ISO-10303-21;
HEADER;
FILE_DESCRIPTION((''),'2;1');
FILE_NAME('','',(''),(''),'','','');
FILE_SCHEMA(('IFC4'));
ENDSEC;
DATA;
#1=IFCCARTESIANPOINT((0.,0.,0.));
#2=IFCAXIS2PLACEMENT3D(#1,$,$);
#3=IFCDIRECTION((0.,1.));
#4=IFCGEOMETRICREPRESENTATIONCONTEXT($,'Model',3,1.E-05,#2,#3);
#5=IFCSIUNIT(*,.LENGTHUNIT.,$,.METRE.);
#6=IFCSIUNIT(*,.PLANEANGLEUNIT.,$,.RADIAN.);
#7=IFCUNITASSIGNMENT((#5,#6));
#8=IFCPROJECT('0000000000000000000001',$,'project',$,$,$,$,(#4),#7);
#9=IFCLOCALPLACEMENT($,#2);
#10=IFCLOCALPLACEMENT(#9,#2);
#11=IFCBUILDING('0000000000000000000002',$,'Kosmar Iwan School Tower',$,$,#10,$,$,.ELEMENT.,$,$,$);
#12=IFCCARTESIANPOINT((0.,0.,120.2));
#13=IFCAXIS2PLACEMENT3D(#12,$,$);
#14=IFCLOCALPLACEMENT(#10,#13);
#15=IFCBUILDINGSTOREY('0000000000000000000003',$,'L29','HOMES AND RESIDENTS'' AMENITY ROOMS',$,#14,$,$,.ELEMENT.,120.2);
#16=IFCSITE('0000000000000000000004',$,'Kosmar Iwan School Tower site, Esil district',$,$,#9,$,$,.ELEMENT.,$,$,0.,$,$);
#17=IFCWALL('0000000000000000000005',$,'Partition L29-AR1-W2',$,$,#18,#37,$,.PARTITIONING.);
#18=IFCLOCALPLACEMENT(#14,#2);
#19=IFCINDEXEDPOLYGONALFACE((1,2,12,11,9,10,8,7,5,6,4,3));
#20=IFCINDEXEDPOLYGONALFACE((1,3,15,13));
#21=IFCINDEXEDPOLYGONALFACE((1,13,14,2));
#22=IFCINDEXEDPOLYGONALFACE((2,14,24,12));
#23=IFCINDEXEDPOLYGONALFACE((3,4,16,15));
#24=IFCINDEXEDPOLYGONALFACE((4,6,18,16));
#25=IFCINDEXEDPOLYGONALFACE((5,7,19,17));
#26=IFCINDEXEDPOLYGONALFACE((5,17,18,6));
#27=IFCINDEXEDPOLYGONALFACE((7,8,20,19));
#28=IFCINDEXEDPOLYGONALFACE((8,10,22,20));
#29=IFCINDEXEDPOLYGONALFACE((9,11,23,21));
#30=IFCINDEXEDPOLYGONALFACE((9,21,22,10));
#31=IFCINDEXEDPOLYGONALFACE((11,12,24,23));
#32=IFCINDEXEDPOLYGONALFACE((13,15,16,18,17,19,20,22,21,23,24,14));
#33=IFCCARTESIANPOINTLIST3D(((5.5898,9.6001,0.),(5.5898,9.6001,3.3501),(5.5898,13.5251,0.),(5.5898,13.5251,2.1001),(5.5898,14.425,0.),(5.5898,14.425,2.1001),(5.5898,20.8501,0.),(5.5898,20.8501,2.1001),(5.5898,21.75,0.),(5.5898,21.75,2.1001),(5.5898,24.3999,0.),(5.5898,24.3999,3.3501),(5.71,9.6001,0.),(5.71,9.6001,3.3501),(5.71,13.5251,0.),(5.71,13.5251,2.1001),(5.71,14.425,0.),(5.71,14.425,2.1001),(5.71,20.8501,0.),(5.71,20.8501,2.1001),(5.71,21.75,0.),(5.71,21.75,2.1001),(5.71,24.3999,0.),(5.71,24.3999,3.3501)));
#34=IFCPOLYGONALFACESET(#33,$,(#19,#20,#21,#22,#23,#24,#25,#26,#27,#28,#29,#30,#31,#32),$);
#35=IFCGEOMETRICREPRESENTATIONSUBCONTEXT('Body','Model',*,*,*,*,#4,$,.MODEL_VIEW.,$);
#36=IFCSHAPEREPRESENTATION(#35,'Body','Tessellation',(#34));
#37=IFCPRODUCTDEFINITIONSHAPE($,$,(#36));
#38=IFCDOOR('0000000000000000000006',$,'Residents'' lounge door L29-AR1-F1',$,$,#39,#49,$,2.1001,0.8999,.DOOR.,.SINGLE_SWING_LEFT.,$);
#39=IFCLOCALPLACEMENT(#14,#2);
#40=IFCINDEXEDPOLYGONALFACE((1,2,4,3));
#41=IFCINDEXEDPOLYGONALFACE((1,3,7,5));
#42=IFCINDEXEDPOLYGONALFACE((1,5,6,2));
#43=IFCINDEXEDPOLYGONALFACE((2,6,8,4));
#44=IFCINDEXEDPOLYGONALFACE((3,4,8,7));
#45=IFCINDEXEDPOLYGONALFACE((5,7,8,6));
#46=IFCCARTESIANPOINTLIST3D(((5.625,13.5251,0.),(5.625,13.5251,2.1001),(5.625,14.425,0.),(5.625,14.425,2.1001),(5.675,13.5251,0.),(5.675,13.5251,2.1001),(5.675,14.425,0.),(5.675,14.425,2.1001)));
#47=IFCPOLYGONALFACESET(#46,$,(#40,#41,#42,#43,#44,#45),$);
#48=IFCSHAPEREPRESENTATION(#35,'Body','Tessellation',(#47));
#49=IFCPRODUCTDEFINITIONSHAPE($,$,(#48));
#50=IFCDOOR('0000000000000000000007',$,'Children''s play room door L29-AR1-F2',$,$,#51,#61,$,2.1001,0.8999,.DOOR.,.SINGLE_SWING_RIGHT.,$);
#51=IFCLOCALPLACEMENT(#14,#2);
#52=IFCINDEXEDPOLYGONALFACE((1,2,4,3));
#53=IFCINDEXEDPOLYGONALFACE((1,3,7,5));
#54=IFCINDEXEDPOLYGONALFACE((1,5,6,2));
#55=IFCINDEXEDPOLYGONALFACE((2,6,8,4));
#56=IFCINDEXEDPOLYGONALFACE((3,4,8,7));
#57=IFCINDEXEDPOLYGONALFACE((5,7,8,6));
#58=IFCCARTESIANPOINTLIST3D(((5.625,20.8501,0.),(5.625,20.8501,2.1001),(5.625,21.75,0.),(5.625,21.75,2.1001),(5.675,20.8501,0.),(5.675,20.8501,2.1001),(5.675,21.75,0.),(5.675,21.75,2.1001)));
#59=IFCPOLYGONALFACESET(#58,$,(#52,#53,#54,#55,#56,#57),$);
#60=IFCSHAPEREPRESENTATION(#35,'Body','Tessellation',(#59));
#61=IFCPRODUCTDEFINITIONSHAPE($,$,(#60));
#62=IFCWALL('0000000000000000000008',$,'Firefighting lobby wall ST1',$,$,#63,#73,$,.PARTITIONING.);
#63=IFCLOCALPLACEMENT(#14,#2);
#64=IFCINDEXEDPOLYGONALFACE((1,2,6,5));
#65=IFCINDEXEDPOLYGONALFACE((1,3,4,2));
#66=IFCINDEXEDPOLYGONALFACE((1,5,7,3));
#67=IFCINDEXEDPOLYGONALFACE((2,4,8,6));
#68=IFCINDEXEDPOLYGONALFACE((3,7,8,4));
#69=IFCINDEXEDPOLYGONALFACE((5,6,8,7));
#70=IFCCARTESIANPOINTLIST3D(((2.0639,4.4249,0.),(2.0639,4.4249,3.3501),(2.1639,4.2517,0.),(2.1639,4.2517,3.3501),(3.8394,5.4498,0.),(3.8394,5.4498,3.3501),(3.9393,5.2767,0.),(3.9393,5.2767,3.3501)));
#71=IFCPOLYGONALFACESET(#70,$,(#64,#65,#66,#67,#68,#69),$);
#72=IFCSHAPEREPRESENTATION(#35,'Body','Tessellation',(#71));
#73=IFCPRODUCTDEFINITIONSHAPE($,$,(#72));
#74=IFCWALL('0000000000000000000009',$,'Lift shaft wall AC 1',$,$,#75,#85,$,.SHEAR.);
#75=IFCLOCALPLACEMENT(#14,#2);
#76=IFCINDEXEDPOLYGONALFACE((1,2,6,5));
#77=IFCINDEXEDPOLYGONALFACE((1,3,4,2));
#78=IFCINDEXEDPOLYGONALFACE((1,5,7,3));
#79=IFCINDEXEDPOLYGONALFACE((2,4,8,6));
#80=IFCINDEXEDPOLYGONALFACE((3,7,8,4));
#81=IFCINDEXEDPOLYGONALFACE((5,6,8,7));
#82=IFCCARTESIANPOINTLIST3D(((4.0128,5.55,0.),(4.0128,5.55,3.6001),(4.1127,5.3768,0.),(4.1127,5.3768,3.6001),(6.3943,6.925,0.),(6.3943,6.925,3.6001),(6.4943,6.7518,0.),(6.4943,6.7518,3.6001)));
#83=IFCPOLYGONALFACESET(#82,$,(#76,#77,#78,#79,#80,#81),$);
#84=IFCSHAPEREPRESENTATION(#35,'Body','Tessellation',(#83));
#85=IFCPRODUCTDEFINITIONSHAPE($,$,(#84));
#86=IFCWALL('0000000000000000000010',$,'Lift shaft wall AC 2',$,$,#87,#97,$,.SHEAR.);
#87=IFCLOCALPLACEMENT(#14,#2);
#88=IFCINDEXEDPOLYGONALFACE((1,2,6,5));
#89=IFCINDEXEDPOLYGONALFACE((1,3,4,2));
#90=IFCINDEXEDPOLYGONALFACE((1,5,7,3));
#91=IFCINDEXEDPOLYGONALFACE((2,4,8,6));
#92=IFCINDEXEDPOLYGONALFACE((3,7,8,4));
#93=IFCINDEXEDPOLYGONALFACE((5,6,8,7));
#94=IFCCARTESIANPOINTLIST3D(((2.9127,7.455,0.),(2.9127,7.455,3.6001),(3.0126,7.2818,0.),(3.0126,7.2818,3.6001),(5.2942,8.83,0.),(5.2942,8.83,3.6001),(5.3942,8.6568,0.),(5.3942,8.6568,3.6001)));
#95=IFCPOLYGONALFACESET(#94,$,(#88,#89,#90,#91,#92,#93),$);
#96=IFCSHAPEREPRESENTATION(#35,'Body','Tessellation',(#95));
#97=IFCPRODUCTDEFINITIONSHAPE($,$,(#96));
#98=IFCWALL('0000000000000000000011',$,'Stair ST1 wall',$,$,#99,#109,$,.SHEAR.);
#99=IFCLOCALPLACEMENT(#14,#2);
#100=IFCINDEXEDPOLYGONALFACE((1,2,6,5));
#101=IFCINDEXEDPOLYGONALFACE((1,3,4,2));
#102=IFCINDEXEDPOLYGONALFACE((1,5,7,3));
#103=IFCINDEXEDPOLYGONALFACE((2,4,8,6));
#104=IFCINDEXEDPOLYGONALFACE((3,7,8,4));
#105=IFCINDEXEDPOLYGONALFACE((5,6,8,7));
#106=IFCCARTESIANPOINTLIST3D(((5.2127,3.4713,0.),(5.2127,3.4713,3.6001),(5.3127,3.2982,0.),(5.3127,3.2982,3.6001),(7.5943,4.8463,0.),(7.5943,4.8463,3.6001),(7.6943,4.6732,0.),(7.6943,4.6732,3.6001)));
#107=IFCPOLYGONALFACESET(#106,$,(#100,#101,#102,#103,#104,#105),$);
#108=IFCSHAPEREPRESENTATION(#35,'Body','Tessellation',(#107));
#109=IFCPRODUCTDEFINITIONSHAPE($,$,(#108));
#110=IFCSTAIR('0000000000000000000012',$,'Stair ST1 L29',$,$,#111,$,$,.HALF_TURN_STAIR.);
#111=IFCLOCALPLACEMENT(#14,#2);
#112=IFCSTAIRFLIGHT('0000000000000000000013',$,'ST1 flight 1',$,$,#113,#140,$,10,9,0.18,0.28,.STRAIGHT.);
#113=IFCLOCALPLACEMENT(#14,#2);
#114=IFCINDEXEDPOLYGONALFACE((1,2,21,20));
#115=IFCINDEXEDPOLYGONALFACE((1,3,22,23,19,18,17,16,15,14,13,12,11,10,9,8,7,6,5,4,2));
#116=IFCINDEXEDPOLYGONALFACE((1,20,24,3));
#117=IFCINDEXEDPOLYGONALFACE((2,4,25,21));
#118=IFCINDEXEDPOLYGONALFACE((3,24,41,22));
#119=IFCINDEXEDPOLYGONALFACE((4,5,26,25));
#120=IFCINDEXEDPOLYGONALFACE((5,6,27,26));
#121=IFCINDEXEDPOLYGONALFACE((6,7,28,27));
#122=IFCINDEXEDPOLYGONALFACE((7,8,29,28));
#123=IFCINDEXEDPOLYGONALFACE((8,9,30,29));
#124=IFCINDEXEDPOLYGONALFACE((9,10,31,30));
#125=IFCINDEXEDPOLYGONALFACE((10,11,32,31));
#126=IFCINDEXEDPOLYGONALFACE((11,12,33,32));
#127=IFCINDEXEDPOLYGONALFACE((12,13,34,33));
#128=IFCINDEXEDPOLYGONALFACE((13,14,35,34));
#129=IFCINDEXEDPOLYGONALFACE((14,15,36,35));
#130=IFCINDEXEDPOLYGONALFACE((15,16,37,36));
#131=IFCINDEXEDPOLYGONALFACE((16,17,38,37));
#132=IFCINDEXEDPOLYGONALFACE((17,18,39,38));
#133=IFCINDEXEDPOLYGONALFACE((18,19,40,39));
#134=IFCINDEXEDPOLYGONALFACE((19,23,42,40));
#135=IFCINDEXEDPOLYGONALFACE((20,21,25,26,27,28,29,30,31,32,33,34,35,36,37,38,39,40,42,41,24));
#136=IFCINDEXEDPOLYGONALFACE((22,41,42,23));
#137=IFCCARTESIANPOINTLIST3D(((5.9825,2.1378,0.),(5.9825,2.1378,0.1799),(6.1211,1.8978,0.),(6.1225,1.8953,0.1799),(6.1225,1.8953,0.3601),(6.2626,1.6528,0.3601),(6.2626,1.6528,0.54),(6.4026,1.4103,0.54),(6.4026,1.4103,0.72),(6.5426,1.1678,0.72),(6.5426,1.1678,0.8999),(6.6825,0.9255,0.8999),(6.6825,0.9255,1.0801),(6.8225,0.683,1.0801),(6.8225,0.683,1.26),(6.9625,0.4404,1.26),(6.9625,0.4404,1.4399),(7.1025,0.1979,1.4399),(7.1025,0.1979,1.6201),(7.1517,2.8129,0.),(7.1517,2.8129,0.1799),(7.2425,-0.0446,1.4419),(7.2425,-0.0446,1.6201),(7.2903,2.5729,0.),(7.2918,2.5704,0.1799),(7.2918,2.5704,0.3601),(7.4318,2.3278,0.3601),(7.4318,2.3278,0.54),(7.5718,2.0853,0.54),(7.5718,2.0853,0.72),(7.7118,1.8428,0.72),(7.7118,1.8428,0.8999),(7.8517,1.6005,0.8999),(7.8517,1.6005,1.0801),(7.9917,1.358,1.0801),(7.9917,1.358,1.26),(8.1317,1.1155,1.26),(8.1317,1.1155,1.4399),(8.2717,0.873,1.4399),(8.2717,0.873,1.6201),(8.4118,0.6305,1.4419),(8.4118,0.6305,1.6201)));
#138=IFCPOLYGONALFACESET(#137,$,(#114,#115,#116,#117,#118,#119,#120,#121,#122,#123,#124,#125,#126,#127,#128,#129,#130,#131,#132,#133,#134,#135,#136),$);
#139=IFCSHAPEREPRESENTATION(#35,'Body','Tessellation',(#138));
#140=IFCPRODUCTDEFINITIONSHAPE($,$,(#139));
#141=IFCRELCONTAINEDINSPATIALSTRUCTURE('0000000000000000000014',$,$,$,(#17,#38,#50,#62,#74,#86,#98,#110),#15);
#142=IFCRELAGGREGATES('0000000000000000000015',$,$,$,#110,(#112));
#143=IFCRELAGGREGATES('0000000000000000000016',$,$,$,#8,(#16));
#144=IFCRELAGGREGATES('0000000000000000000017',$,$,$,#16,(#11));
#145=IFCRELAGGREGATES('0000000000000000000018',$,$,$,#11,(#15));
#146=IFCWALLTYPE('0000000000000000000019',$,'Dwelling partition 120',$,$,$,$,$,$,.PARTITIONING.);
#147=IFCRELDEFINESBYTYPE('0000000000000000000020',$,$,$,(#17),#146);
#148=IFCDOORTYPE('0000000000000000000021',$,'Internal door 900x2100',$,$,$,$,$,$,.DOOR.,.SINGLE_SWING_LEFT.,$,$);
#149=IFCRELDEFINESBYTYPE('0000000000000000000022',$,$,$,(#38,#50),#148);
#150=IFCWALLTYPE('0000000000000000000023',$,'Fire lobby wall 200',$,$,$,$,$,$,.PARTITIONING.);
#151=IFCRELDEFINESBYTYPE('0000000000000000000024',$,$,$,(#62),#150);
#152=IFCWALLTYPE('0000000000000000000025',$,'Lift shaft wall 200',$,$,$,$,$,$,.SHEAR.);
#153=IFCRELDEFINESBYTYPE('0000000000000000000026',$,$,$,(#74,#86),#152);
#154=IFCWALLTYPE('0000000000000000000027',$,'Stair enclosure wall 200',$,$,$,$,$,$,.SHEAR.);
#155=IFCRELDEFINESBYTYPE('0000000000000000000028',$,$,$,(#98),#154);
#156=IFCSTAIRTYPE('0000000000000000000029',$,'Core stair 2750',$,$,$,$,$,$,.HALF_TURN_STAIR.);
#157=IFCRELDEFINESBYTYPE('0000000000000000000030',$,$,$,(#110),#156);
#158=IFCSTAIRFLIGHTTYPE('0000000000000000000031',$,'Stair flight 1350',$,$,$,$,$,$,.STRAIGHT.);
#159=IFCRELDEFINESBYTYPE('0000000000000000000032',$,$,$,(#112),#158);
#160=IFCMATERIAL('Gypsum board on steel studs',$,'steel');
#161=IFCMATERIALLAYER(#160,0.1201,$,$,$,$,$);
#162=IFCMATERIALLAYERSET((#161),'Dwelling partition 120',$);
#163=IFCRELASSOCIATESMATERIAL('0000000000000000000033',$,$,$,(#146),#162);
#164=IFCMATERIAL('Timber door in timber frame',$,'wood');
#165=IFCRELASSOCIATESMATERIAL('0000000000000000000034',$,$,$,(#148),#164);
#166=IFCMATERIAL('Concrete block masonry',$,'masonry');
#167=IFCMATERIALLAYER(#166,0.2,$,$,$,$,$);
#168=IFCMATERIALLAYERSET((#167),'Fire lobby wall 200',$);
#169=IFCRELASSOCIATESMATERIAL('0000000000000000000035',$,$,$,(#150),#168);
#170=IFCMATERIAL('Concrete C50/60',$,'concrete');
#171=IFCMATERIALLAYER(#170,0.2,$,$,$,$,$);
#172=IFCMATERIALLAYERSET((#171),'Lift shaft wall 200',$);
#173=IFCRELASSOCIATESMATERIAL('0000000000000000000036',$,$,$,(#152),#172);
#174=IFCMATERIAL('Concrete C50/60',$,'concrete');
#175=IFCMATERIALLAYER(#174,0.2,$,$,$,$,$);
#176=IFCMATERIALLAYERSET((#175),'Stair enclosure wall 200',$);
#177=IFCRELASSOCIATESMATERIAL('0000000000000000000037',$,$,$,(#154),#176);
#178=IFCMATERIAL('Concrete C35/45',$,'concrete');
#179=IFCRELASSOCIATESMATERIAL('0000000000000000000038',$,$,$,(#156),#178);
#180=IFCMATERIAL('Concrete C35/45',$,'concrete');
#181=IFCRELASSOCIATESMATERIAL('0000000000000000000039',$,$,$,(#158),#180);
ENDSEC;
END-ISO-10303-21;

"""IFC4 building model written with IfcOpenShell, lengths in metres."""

from ifc_helpers import new_model, si_unit, direction, frame, frame_2d, origin, place, context, subcontext, project, spatial, polyline, rectangle, outline, extrude, material, layer, layer_set, type_object, element, fill, aggregate, save


model = new_model("IFC4")

# Units and contexts
model_context = context("Model", 3, precision=1e-05, world=origin(), true_north=direction((0.0, 1.0)))
body_context = subcontext(model_context, "Body", "Model", "MODEL_VIEW")
ifc_project = project(units=[si_unit("LENGTHUNIT", "METRE"), si_unit("PLANEANGLEUNIT", "RADIAN")], contexts=[model_context])

# Site, building, storey
site_placement = place(None, origin())
site = spatial("IfcSite", under=ifc_project, at=site_placement, Name="Kosmar Iwan School Tower site, Esil district", CompositionType="ELEMENT", RefElevation=0.0)
building_placement = place(site_placement, origin())
building = spatial("IfcBuilding", under=site, at=building_placement, Name="Kosmar Iwan School Tower", CompositionType="ELEMENT")
storey_placement = place(building_placement, frame((0.0, 0.0, 120.2)))
storey = spatial("IfcBuildingStorey", under=building, at=storey_placement, Name="L29", Description="HOMES AND RESIDENTS' AMENITY ROOMS", CompositionType="ELEMENT", Elevation=120.2)

# Wall, openings, doors
ifc_material_1 = material(Name="Gypsum board on steel studs", Category="steel")
ifc_layer_1 = layer(ifc_material_1, 0.1201)
ifc_layer_set_1 = layer_set([ifc_layer_1], Name="Dwelling partition 120")
wall_type_1 = type_object("IfcWallType", Name="Dwelling partition 120", PredefinedType="PARTITIONING", material=ifc_layer_set_1)
ifc_material_2 = material(Name="Timber door in timber frame", Category="wood")
door_type_1 = type_object("IfcDoorType", Name="Internal door 900x2100", OperationType="SINGLE_SWING_LEFT", PredefinedType="DOOR", material=ifc_material_2)
wall_1_placement = place(storey_placement, frame((5.6499, 9.6001, 0.0), z_axis=(0.0, 0.0, 1.0), x_axis=(0.0, 1.0, 0.0)))
wall_1 = element("IfcWall", 1, at=wall_1_placement, inside=storey, type_object=wall_type_1, Name="Partition L29-AR1-W2", PredefinedType="PARTITIONING", context=body_context, shape_type="SweptSolid", body=[
    extrude(rectangle(XDim=14.7998, YDim=0.1201, at=frame_2d((7.3999, 0.0))), origin(), (0.0, 0.0, 1.0), 3.3501),
])
opening_1_placement = place(wall_1_placement, frame((3.925, 0.0, 0.0)))
opening_1 = element("IfcOpeningElement", 2, at=opening_1_placement, cuts=wall_1, PredefinedType="OPENING", context=body_context, shape_type="SweptSolid", body=[
    extrude(rectangle(XDim=0.8999, YDim=2.1001, at=frame_2d((0.45, 1.05))), frame((0.0, 0.072, 0.0), z_axis=(0.0, -1.0, 0.0), x_axis=(1.0, 0.0, 0.0)), (0.0, 0.0, 1.0), 0.144),
])
opening_2_placement = place(wall_1_placement, frame((11.25, 0.0, 0.0)))
opening_2 = element("IfcOpeningElement", 3, at=opening_2_placement, cuts=wall_1, PredefinedType="OPENING", context=body_context, shape_type="SweptSolid", body=[
    extrude(rectangle(XDim=0.8999, YDim=2.1001, at=frame_2d((0.45, 1.05))), frame((0.0, 0.072, 0.0), z_axis=(0.0, -1.0, 0.0), x_axis=(1.0, 0.0, 0.0)), (0.0, 0.0, 1.0), 0.144),
])
door_1_placement = place(opening_1_placement, origin())
door_1 = element("IfcDoor", 4, at=door_1_placement, inside=storey, type_object=door_type_1, Name="Residents' lounge door L29-AR1-F1", OperationType="SINGLE_SWING_LEFT", OverallHeight=2.1001, OverallWidth=0.8999, PredefinedType="DOOR", context=body_context, shape_type="SweptSolid", body=[
    extrude(rectangle(XDim=0.8999, YDim=2.1001, at=frame_2d((0.45, 1.05))), frame((0.0, 0.0249, 0.0), z_axis=(0.0, -1.0, 0.0), x_axis=(1.0, 0.0, 0.0)), (0.0, 0.0, 1.0), 0.05),
])
fill(opening_1, door_1)
door_2_placement = place(opening_2_placement, origin())
door_2 = element("IfcDoor", 5, at=door_2_placement, inside=storey, type_object=door_type_1, Name="Children's play room door L29-AR1-F2", OperationType="SINGLE_SWING_RIGHT", OverallHeight=2.1001, OverallWidth=0.8999, PredefinedType="DOOR", context=body_context, shape_type="SweptSolid", body=[
    extrude(rectangle(XDim=0.8999, YDim=2.1001, at=frame_2d((0.45, 1.05))), frame((0.0, 0.0249, 0.0), z_axis=(0.0, -1.0, 0.0), x_axis=(1.0, 0.0, 0.0)), (0.0, 0.0, 1.0), 0.05),
])
fill(opening_2, door_2)

# Walls
ifc_material_3 = material(Name="Concrete block masonry", Category="masonry")
ifc_layer_2 = layer(ifc_material_3, 0.2)
ifc_layer_set_2 = layer_set([ifc_layer_2], Name="Fire lobby wall 200")
wall_type_2 = type_object("IfcWallType", Name="Fire lobby wall 200", PredefinedType="PARTITIONING", material=ifc_layer_set_2)
wall_2_placement = place(storey_placement, frame((2.114, 4.3384, 0.0), z_axis=(0.0, 0.0, 1.0), x_axis=(0.866051, 0.499956, 0.0)))
element("IfcWall", 6, at=wall_2_placement, inside=storey, type_object=wall_type_2, Name="Firefighting lobby wall ST1", PredefinedType="PARTITIONING", context=body_context, shape_type="SweptSolid", body=[
    extrude(rectangle(XDim=2.05, YDim=0.2, at=frame_2d((1.0249, 0.0))), origin(), (0.0, 0.0, 1.0), 3.3501),
])
ifc_material_4 = material(Name="Concrete C50/60", Category="concrete")
ifc_layer_3 = layer(ifc_material_4, 0.2)
ifc_layer_set_3 = layer_set([ifc_layer_3], Name="Lift shaft wall 200")
wall_type_3 = type_object("IfcWallType", Name="Lift shaft wall 200", PredefinedType="SHEAR", material=ifc_layer_set_3)
for number, where, z_axis, x_axis, name in (
    (7, (4.0627, 5.4634, 0.0), (0.0, 0.0, 1.0), (0.866027, 0.499997, 0.0), "Lift shaft wall AC 1"),
    (8, (2.9626, 7.3684, 0.0), (0.0, 0.0, 1.0), (0.866027, 0.499997, 0.0), "Lift shaft wall AC 2"),
):
    element("IfcWall", number, at=place(storey_placement, frame(where, z_axis=z_axis, x_axis=x_axis)), inside=storey, type_object=wall_type_3, Name=name, PredefinedType="SHEAR", context=body_context, shape_type="SweptSolid", body=[
        extrude(rectangle(XDim=2.75, YDim=0.2, at=frame_2d((1.375, 0.0))), origin(), (0.0, 0.0, 1.0), 3.6001),
    ])
ifc_material_5 = material(Name="Concrete C50/60", Category="concrete")
ifc_layer_4 = layer(ifc_material_5, 0.2)
ifc_layer_set_4 = layer_set([ifc_layer_4], Name="Stair enclosure wall 200")
wall_type_4 = type_object("IfcWallType", Name="Stair enclosure wall 200", PredefinedType="SHEAR", material=ifc_layer_set_4)
wall_3_placement = place(storey_placement, frame((5.2627, 3.3848, 0.0), z_axis=(0.0, 0.0, 1.0), x_axis=(0.866027, 0.499997, 0.0)))
element("IfcWall", 9, at=wall_3_placement, inside=storey, type_object=wall_type_4, Name="Stair ST1 wall", PredefinedType="SHEAR", context=body_context, shape_type="SweptSolid", body=[
    extrude(rectangle(XDim=2.75, YDim=0.2, at=frame_2d((1.375, 0.0))), origin(), (0.0, 0.0, 1.0), 3.6001),
])

# Stair, stair flight
ifc_material_6 = material(Name="Concrete C35/45", Category="concrete")
stair_type = type_object("IfcStairType", Name="Core stair 2750", PredefinedType="HALF_TURN_STAIR", material=ifc_material_6)
stair_placement = place(storey_placement, origin())
stair = element("IfcStair", 10, at=stair_placement, inside=storey, type_object=stair_type, Name="Stair ST1 L29", PredefinedType="HALF_TURN_STAIR")
ifc_material_7 = material(Name="Concrete C35/45", Category="concrete")
stair_flight_type = type_object("IfcStairFlightType", Name="Stair flight 1350", PredefinedType="STRAIGHT", material=ifc_material_7)
stair_flight_placement = place(storey_placement, frame((6.5671, 2.4753, 0.0), z_axis=(0.0, 0.0, 1.0), x_axis=(0.5, -0.866025, 0.0)))
stair_flight = element("IfcStairFlight", 11, at=stair_flight_placement, type_object=stair_flight_type, Name="ST1 flight 1", NumberOfRisers=10, NumberOfTreads=9, PredefinedType="STRAIGHT", RiserHeight=0.18, TreadLength=0.28, context=body_context, shape_type="SweptSolid", body=[
    extrude(outline(polyline([(0.0, 0.0), (0.0, 0.1799), (0.28, 0.1799), (0.28, 0.3601), (0.5601, 0.3601), (0.5601, 0.54), (0.8401, 0.54), (0.8401, 0.72), (1.1201, 0.72), (1.1201, 0.8999), (1.3999, 0.8999), (1.3999, 1.0801), (1.6799, 1.0801), (1.6799, 1.26), (1.96, 1.26), (1.96, 1.4399), (2.24, 1.4399), (2.24, 1.6201), (2.52, 1.6201), (2.52, 1.8), (2.52, 1.4419), (0.2771, 0.0), (0.0, 0.0)])), frame((0.0, 0.675, 0.0), z_axis=(0.0, -1.0, 0.0), x_axis=(1.0, 0.0, 0.0)), (0.0, 0.0, 1.0), 1.3501),
])
aggregate(stair, [stair_flight])

save(model, "model.ifc")
